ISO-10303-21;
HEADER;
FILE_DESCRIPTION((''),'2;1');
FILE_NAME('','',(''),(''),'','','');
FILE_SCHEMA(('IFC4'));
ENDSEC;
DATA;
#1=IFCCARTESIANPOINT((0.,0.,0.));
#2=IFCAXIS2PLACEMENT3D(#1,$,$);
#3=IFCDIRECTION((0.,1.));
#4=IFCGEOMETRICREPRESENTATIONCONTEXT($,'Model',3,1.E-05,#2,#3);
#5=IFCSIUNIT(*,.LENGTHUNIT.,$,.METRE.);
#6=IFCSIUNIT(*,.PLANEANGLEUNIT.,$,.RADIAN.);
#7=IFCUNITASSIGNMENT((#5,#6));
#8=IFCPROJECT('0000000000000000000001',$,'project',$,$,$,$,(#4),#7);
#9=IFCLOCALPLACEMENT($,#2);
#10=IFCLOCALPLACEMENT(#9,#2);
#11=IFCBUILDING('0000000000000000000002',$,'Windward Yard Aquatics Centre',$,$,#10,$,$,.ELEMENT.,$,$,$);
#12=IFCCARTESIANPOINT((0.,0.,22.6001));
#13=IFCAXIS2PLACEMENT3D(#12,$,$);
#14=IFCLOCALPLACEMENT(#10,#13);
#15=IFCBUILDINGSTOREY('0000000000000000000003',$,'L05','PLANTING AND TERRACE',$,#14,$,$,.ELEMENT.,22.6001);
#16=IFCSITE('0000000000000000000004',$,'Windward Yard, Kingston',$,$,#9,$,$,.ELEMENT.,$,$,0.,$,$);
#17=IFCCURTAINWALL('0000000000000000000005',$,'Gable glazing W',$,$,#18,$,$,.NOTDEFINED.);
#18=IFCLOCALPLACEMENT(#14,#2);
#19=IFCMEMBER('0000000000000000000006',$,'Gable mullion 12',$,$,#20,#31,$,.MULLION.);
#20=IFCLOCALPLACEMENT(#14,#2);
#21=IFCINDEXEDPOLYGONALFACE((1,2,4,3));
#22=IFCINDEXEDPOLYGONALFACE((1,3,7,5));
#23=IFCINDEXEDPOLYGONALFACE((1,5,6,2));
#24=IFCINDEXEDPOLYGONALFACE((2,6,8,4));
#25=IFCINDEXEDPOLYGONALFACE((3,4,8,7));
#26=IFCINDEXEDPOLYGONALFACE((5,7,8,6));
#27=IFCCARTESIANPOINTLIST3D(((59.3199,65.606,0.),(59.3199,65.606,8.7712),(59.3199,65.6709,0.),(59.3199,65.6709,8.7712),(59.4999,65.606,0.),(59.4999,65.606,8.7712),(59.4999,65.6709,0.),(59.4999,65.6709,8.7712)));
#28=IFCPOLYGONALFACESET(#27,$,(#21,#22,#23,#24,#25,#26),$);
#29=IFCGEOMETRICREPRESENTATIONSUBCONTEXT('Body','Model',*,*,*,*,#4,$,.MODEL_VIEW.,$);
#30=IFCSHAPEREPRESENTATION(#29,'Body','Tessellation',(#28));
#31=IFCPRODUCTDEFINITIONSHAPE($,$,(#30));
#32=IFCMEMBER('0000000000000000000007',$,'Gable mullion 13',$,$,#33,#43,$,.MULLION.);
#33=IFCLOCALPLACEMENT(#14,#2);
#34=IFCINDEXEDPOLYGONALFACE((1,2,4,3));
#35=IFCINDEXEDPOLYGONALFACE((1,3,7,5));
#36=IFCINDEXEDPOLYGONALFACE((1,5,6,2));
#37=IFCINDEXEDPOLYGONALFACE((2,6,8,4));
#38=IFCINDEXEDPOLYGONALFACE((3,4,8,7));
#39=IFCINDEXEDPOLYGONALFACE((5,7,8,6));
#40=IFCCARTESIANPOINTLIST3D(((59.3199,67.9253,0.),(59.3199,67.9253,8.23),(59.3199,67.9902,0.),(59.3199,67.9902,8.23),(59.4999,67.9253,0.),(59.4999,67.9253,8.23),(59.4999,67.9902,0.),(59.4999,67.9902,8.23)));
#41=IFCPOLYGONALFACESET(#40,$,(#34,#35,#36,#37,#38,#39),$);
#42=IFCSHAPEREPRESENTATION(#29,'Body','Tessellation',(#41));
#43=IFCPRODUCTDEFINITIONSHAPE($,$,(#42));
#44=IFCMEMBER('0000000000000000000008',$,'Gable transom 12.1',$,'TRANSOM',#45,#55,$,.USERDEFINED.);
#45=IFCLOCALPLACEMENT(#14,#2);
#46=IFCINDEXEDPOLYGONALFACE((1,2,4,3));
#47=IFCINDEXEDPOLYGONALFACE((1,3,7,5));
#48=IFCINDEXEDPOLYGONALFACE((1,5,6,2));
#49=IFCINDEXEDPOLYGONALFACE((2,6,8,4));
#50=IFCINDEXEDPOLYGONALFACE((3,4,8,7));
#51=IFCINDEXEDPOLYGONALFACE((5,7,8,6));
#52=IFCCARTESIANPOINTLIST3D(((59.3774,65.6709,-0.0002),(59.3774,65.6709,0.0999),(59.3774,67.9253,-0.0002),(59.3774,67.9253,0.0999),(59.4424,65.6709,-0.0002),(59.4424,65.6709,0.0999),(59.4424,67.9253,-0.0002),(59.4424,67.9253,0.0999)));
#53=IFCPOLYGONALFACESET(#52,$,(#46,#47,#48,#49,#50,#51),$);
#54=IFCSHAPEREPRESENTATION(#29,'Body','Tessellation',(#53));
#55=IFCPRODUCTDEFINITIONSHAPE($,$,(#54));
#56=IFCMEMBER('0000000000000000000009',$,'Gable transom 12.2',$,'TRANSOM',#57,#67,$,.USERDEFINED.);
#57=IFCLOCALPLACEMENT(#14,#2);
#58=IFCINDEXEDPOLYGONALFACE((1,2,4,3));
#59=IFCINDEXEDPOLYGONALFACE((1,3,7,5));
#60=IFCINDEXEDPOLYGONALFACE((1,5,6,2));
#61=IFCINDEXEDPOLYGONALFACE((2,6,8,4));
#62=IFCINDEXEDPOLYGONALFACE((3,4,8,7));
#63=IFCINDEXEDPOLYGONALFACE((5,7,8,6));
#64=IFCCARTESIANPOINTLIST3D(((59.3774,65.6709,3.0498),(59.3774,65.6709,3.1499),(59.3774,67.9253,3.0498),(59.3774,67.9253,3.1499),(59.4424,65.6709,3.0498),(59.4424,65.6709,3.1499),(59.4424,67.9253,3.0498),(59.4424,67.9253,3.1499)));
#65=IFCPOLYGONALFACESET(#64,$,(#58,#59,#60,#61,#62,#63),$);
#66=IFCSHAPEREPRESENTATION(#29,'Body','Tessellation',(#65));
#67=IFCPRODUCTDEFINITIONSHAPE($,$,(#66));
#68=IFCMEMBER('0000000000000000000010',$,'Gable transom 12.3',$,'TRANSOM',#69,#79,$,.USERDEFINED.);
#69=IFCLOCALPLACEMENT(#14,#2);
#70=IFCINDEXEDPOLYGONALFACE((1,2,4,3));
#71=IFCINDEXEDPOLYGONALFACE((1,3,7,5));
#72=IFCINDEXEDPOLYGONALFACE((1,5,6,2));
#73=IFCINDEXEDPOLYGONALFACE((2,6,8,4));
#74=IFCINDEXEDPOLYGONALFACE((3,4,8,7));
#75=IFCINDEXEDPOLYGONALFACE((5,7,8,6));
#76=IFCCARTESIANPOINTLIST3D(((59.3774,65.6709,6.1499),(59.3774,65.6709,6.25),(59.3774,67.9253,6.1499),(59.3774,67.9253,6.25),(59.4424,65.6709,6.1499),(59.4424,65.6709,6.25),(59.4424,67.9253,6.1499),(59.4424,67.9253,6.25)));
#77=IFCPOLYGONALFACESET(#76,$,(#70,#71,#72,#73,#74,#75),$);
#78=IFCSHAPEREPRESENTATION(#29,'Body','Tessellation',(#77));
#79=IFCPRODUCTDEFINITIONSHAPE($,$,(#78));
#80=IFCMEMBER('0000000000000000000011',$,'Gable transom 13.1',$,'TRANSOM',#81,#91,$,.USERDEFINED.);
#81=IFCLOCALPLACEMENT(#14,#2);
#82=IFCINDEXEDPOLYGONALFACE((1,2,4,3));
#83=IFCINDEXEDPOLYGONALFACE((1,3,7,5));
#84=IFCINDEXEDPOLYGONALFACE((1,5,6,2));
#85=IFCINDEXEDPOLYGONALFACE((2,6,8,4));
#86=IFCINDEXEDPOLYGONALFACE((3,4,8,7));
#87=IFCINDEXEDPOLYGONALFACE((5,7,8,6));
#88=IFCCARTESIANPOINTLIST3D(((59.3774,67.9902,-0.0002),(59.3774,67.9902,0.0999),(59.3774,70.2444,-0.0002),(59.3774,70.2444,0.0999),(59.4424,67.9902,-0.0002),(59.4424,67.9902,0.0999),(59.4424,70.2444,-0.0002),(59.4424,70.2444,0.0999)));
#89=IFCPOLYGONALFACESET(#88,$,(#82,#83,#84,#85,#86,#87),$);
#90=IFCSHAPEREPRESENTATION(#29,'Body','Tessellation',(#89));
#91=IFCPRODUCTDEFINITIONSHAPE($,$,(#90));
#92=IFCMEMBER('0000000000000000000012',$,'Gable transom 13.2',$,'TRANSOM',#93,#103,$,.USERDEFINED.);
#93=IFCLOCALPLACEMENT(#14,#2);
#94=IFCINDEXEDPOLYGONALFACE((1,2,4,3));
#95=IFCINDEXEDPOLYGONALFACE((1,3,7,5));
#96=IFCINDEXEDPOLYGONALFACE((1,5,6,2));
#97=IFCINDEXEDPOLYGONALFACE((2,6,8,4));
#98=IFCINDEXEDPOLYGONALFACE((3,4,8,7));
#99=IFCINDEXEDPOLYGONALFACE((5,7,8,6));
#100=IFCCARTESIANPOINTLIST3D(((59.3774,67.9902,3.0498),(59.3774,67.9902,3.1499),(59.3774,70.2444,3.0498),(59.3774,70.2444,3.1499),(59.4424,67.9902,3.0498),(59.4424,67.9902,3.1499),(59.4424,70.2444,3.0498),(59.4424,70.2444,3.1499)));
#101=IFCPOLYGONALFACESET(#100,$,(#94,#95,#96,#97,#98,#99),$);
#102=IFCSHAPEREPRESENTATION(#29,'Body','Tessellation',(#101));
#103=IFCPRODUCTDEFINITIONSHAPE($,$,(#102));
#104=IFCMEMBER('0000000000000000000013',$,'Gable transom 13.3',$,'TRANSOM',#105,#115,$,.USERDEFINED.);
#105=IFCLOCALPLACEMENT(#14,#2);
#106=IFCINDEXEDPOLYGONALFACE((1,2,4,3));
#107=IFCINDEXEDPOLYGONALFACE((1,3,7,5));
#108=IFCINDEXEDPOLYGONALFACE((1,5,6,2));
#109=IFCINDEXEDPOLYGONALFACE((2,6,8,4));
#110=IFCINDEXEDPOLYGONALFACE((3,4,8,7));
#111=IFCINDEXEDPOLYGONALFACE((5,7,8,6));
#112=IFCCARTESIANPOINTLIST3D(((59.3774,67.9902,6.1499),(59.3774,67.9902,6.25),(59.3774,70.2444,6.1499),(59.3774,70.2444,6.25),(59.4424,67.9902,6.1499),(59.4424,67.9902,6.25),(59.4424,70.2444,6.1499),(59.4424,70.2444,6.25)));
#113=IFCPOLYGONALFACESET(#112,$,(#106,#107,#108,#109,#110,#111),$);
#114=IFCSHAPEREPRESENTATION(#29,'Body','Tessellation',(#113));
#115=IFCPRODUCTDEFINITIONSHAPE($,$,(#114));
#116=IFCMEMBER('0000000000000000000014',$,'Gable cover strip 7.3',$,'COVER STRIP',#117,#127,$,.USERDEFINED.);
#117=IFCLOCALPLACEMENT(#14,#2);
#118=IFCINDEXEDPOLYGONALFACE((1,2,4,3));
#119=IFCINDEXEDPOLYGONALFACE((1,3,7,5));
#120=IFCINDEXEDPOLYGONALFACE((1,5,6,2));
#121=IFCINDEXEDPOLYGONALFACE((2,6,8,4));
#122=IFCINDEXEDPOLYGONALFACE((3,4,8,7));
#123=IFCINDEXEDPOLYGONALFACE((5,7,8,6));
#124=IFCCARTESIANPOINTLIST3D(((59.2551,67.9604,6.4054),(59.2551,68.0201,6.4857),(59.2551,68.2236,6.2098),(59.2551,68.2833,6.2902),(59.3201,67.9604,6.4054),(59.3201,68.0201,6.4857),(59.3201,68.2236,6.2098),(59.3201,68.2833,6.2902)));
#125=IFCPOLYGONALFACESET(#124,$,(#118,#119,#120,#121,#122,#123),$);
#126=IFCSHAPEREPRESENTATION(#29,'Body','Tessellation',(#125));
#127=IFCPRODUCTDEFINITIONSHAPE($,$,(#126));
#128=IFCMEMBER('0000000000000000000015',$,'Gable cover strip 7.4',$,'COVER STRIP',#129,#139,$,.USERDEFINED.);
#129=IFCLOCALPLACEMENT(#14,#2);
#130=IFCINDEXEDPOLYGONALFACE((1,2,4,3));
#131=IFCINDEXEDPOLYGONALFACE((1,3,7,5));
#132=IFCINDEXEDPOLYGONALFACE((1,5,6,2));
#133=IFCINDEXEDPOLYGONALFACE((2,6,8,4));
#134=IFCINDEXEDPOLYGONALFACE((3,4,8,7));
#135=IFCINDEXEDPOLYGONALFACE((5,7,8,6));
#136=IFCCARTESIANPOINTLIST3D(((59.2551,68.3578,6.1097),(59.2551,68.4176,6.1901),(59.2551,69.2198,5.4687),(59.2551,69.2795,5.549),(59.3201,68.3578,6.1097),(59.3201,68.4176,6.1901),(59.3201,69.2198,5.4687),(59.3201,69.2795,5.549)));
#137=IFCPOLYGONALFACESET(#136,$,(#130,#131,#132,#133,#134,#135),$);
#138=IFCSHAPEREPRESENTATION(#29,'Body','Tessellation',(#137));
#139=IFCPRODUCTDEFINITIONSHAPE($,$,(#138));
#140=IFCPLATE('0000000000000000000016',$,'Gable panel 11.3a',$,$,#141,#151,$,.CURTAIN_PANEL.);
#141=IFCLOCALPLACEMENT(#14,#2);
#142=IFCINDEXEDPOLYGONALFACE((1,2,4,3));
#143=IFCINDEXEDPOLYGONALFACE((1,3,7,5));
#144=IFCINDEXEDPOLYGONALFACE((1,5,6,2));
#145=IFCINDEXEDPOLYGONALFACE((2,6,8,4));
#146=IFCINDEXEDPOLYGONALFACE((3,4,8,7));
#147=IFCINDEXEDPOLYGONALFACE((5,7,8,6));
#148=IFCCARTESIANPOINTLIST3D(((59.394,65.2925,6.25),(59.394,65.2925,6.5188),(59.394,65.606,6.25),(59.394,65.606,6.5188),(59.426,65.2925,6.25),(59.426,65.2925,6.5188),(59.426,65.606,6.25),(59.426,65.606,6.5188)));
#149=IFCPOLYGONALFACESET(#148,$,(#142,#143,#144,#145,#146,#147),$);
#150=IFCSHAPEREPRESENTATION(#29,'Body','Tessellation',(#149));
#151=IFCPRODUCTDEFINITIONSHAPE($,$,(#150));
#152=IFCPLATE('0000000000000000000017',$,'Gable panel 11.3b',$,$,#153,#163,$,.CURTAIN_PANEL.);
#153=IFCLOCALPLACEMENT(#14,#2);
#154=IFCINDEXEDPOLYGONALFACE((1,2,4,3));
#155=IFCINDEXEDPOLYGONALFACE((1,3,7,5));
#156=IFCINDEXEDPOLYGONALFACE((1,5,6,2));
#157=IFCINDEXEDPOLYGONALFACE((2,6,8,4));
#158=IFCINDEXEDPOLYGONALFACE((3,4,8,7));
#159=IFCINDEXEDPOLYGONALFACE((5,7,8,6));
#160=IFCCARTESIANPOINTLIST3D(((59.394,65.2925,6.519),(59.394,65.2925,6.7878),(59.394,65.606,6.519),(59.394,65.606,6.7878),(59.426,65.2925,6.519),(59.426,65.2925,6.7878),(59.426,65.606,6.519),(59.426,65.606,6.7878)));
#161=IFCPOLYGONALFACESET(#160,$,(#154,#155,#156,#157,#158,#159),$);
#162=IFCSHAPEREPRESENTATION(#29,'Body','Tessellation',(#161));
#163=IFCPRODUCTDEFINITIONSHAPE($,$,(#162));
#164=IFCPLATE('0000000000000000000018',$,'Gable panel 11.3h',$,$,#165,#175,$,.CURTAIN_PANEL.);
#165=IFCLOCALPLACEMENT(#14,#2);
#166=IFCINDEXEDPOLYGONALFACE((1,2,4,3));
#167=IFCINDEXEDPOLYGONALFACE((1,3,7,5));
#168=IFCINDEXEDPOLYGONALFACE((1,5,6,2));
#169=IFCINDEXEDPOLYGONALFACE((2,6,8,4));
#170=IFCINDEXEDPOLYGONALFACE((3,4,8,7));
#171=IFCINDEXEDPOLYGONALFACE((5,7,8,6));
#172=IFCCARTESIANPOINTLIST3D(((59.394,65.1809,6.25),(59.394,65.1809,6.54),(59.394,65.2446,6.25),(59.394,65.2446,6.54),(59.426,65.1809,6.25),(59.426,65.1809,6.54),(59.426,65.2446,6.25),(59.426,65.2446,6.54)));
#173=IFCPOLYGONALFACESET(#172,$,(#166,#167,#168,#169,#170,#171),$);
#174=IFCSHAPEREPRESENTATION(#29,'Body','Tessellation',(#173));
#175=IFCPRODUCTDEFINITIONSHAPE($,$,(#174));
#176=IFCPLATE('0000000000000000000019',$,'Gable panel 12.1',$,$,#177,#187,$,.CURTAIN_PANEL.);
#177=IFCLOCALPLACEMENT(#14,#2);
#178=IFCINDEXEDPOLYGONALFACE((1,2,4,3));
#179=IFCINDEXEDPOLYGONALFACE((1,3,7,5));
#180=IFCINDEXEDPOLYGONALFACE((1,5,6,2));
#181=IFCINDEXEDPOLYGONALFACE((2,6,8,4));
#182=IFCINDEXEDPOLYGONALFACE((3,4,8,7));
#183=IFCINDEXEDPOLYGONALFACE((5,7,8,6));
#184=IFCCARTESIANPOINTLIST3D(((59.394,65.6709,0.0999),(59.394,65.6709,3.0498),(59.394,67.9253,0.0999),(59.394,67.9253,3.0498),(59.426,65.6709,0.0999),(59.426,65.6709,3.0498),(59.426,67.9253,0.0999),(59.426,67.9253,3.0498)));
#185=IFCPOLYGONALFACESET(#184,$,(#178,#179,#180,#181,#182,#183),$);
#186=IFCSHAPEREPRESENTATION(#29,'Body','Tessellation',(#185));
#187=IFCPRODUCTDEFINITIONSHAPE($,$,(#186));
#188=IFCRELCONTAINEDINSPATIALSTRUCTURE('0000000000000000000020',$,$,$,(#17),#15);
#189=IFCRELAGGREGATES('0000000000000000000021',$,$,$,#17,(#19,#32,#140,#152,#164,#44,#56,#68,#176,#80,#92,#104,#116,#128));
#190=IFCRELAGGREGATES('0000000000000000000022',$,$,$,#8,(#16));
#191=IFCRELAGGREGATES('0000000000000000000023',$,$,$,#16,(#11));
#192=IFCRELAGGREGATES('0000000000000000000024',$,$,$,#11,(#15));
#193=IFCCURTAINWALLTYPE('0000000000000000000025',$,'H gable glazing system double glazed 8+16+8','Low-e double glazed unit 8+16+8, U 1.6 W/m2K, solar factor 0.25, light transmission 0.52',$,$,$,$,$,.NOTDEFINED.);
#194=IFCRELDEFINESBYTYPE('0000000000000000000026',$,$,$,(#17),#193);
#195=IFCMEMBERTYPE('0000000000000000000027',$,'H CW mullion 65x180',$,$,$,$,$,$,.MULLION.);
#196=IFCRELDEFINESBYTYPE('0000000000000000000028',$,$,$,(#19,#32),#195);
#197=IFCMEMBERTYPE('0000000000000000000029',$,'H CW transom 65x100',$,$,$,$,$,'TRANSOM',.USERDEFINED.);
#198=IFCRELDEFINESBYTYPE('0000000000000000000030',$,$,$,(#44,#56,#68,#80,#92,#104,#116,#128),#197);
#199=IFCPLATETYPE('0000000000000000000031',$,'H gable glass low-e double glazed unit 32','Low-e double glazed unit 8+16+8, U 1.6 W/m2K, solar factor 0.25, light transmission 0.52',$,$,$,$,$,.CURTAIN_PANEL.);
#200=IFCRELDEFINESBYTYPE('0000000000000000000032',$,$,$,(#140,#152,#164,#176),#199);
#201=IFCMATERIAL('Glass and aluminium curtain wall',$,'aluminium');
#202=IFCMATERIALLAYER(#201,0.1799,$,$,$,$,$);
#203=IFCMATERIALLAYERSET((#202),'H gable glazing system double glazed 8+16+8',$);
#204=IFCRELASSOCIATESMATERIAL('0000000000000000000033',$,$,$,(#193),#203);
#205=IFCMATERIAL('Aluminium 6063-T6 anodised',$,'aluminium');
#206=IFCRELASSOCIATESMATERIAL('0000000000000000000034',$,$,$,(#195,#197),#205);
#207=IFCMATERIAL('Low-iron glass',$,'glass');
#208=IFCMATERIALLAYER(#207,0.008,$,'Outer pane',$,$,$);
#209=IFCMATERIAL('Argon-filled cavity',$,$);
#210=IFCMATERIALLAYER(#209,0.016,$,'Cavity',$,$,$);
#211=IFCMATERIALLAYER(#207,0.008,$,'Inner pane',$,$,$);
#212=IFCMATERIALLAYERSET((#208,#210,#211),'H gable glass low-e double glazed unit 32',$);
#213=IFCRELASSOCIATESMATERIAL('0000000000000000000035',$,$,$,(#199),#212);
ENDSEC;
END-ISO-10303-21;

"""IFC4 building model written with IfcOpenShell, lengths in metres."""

from ifc_helpers import new_model, si_unit, direction, frame, origin, origin_2d, place, context, subcontext, project, spatial, polyline, rectangle, outline, extrude, material, layer, layer_set, material_profile, profile_set, type_object, element, aggregate, save


model = new_model("IFC4")

# Units and contexts
model_context = context("Model", 3, precision=1e-05, world=origin(), true_north=direction((0.0, 1.0)))
body_context = subcontext(model_context, "Body", "Model", "MODEL_VIEW")
ifc_project = project(units=[si_unit("LENGTHUNIT", "METRE"), si_unit("PLANEANGLEUNIT", "RADIAN")], contexts=[model_context])

# Site, building, storey
site_placement = place(None, origin())
site = spatial("IfcSite", under=ifc_project, at=site_placement, Name="Windward Yard, Kingston", CompositionType="ELEMENT", RefElevation=0.0)
building_placement = place(site_placement, origin())
building = spatial("IfcBuilding", under=site, at=building_placement, Name="Windward Yard Aquatics Centre", CompositionType="ELEMENT")
storey_placement = place(building_placement, frame((0.0, 0.0, 22.6001)))
storey = spatial("IfcBuildingStorey", under=building, at=storey_placement, Name="L05", Description="PLANTING AND TERRACE", CompositionType="ELEMENT", Elevation=22.6001)

# Curtain wall, members, plates
ifc_material_1 = material(Name="Glass and aluminium curtain wall", Category="aluminium")
ifc_layer_1 = layer(ifc_material_1, 0.1799)
ifc_layer_set_1 = layer_set([ifc_layer_1], Name="H gable glazing system double glazed 8+16+8")
curtain_wall_type = type_object("IfcCurtainWallType", Name="H gable glazing system double glazed 8+16+8", Description="Low-e double glazed unit 8+16+8, U 1.6 W/m2K, solar factor 0.25, light transmission 0.52", PredefinedType="NOTDEFINED", material=ifc_layer_set_1)
curtain_wall_placement = place(storey_placement, origin())
curtain_wall = element("IfcCurtainWall", 1, at=curtain_wall_placement, inside=storey, type_object=curtain_wall_type, Name="Gable glazing W", PredefinedType="NOTDEFINED")
ifc_material_2 = material(Name="Aluminium 6063-T6 anodised", Category="aluminium")
ifc_material_profile_1 = material_profile(ifc_material_2, rectangle(XDim=0.0649, YDim=0.1799, at=origin_2d()), Name="H CW mullion 65x180")
ifc_profile_set_1 = profile_set([ifc_material_profile_1], Name="Aluminium 6063-T6 anodised")
member_type_1 = type_object("IfcMemberType", Name="H CW mullion 65x180", PredefinedType="MULLION", material=ifc_profile_set_1)
member_1_placement = place(storey_placement, frame((59.4099, 65.6384, 0.0), z_axis=(0.0, 0.0, 1.0), x_axis=(0.0, 1.0, 0.0)))
member_1 = element("IfcMember", 2, at=member_1_placement, type_object=member_type_1, Name="Gable mullion 12", PredefinedType="MULLION", context=body_context, shape_type="SweptSolid", body=[
    extrude(rectangle(XDim=0.0649, YDim=0.1799, at=origin_2d()), origin(), (0.0, 0.0, 1.0), 8.7712),
])
member_2_placement = place(storey_placement, frame((59.4099, 67.9578, 0.0), z_axis=(0.0, 0.0, 1.0), x_axis=(0.0, 1.0, 0.0)))
member_2 = element("IfcMember", 3, at=member_2_placement, type_object=member_type_1, Name="Gable mullion 13", PredefinedType="MULLION", context=body_context, shape_type="SweptSolid", body=[
    extrude(rectangle(XDim=0.0649, YDim=0.1799, at=origin_2d()), origin(), (0.0, 0.0, 1.0), 8.23),
])
ifc_material_profile_2 = material_profile(ifc_material_2, rectangle(XDim=0.0649, YDim=0.1001, at=origin_2d()), Name="H CW transom 65x100")
ifc_profile_set_2 = profile_set([ifc_material_profile_2], Name="Aluminium 6063-T6 anodised")
member_type_2 = type_object("IfcMemberType", Name="H CW transom 65x100", ElementType="TRANSOM", PredefinedType="USERDEFINED", material=ifc_profile_set_2)
member_3_placement = place(storey_placement, frame((59.4099, 65.6709, 0.0498), z_axis=(0.0, 1.0, 0.0), x_axis=(-1.0, 0.0, 0.0)))
member_3 = element("IfcMember", 4, at=member_3_placement, type_object=member_type_2, Name="Gable transom 12.1", ObjectType="TRANSOM", PredefinedType="USERDEFINED", context=body_context, shape_type="SweptSolid", body=[
    extrude(rectangle(XDim=0.0649, YDim=0.1001, at=origin_2d()), origin(), (0.0, 0.0, 1.0), 2.2544),
])
member_4_placement = place(storey_placement, frame((59.4099, 65.6709, 3.0999), z_axis=(0.0, 1.0, 0.0), x_axis=(-1.0, 0.0, 0.0)))
member_4 = element("IfcMember", 5, at=member_4_placement, type_object=member_type_2, Name="Gable transom 12.2", ObjectType="TRANSOM", PredefinedType="USERDEFINED", context=body_context, shape_type="SweptSolid", body=[
    extrude(rectangle(XDim=0.0649, YDim=0.1001, at=origin_2d()), origin(), (0.0, 0.0, 1.0), 2.2544),
])
member_5_placement = place(storey_placement, frame((59.4099, 65.6709, 6.2), z_axis=(0.0, 1.0, 0.0), x_axis=(-1.0, 0.0, 0.0)))
member_5 = element("IfcMember", 6, at=member_5_placement, type_object=member_type_2, Name="Gable transom 12.3", ObjectType="TRANSOM", PredefinedType="USERDEFINED", context=body_context, shape_type="SweptSolid", body=[
    extrude(rectangle(XDim=0.0649, YDim=0.1001, at=origin_2d()), origin(), (0.0, 0.0, 1.0), 2.2544),
])
member_6_placement = place(storey_placement, frame((59.4099, 67.9902, 0.0498), z_axis=(0.0, 1.0, 0.0), x_axis=(-1.0, 0.0, 0.0)))
member_6 = element("IfcMember", 7, at=member_6_placement, type_object=member_type_2, Name="Gable transom 13.1", ObjectType="TRANSOM", PredefinedType="USERDEFINED", context=body_context, shape_type="SweptSolid", body=[
    extrude(rectangle(XDim=0.0649, YDim=0.1001, at=origin_2d()), origin(), (0.0, 0.0, 1.0), 2.2542),
])
member_7_placement = place(storey_placement, frame((59.4099, 67.9902, 3.0999), z_axis=(0.0, 1.0, 0.0), x_axis=(-1.0, 0.0, 0.0)))
member_7 = element("IfcMember", 8, at=member_7_placement, type_object=member_type_2, Name="Gable transom 13.2", ObjectType="TRANSOM", PredefinedType="USERDEFINED", context=body_context, shape_type="SweptSolid", body=[
    extrude(rectangle(XDim=0.0649, YDim=0.1001, at=origin_2d()), origin(), (0.0, 0.0, 1.0), 2.2542),
])
member_8_placement = place(storey_placement, frame((59.4099, 67.9902, 6.2), z_axis=(0.0, 1.0, 0.0), x_axis=(-1.0, 0.0, 0.0)))
member_8 = element("IfcMember", 9, at=member_8_placement, type_object=member_type_2, Name="Gable transom 13.3", ObjectType="TRANSOM", PredefinedType="USERDEFINED", context=body_context, shape_type="SweptSolid", body=[
    extrude(rectangle(XDim=0.0649, YDim=0.1001, at=origin_2d()), origin(), (0.0, 0.0, 1.0), 2.2542),
])
member_9_placement = place(storey_placement, frame((59.2876, 67.9902, 6.4456), z_axis=(0.0, 0.802673, -0.59642), x_axis=(-1.0, 0.0, 0.0)))
member_9 = element("IfcMember", 10, at=member_9_placement, type_object=member_type_2, Name="Gable cover strip 7.3", ObjectType="COVER STRIP", PredefinedType="USERDEFINED", context=body_context, shape_type="SweptSolid", body=[
    extrude(rectangle(XDim=0.0649, YDim=0.1001, at=origin_2d()), origin(), (0.0, 0.0, 1.0), 0.3279),
])
member_10_placement = place(storey_placement, frame((59.2876, 68.3877, 6.1499), z_axis=(0.0, 0.80242, -0.596759), x_axis=(-1.0, 0.0, 0.0)))
member_10 = element("IfcMember", 11, at=member_10_placement, type_object=member_type_2, Name="Gable cover strip 7.4", ObjectType="COVER STRIP", PredefinedType="USERDEFINED", context=body_context, shape_type="SweptSolid", body=[
    extrude(rectangle(XDim=0.0649, YDim=0.1001, at=origin_2d()), origin(), (0.0, 0.0, 1.0), 1.0742),
])
ifc_material_3 = material(Name="Low-iron glass", Category="glass")
ifc_layer_2 = layer(ifc_material_3, 0.008, Name="Outer pane")
ifc_material_4 = material(Name="Argon-filled cavity")
ifc_layer_3 = layer(ifc_material_4, 0.016, Name="Cavity")
ifc_layer_4 = layer(ifc_material_3, 0.008, Name="Inner pane")
ifc_layer_set_2 = layer_set([ifc_layer_2, ifc_layer_3, ifc_layer_4], Name="H gable glass low-e double glazed unit 32")
plate_type = type_object("IfcPlateType", Name="H gable glass low-e double glazed unit 32", Description="Low-e double glazed unit 8+16+8, U 1.6 W/m2K, solar factor 0.25, light transmission 0.52", PredefinedType="CURTAIN_PANEL", material=ifc_layer_set_2)
plate_1_placement = place(storey_placement, frame((59.426, 65.2925, 6.25), z_axis=(1.0, 0.0, 0.0), x_axis=(0.0, 1.0, 0.0)))
plate_1 = element("IfcPlate", 12, at=plate_1_placement, type_object=plate_type, Name="Gable panel 11.3a", PredefinedType="CURTAIN_PANEL", context=body_context, shape_type="SweptSolid", body=[
    extrude(outline(polyline([(0.0, 0.0), (0.3135, 0.0), (0.3135, 0.2688), (0.0, 0.2688), (0.0, 0.0)])), origin(), (0.0, 0.0, -1.0), 0.032),
])
plate_2_placement = place(storey_placement, frame((59.426, 65.2925, 6.519), z_axis=(1.0, 0.0, 0.0), x_axis=(0.0, 1.0, 0.0)))
plate_2 = element("IfcPlate", 13, at=plate_2_placement, type_object=plate_type, Name="Gable panel 11.3b", PredefinedType="CURTAIN_PANEL", context=body_context, shape_type="SweptSolid", body=[
    extrude(outline(polyline([(0.0, 0.0), (0.3135, 0.0), (0.3135, 0.2688), (0.0, 0.2688), (0.0, 0.0)])), origin(), (0.0, 0.0, -1.0), 0.032),
])
plate_3_placement = place(storey_placement, frame((59.426, 65.1809, 6.25), z_axis=(1.0, 0.0, 0.0), x_axis=(0.0, 1.0, 0.0)))
plate_3 = element("IfcPlate", 14, at=plate_3_placement, type_object=plate_type, Name="Gable panel 11.3h", PredefinedType="CURTAIN_PANEL", context=body_context, shape_type="SweptSolid", body=[
    extrude(outline(polyline([(0.0, 0.0), (0.0637, 0.0), (0.0637, 0.29), (0.0, 0.29), (0.0, 0.0)])), origin(), (0.0, 0.0, -1.0), 0.032),
])
plate_4_placement = place(storey_placement, frame((59.394, 65.6709, 0.0999), z_axis=(-1.0, 0.0, 0.0), x_axis=(0.0, 0.0, 1.0)))
plate_4 = element("IfcPlate", 15, at=plate_4_placement, type_object=plate_type, Name="Gable panel 12.1", PredefinedType="CURTAIN_PANEL", context=body_context, shape_type="SweptSolid", body=[
    extrude(outline(polyline([(0.0, 0.0), (2.95, 0.0), (2.95, 2.2544), (0.0, 2.2544), (0.0, 0.0)])), origin(), (0.0, 0.0, -1.0), 0.032),
])
aggregate(curtain_wall, [member_1, member_2, plate_1, plate_2, plate_3, member_3, member_4, member_5, plate_4, member_6, member_7, member_8, member_9, member_10])

save(model, "model.ifc")
